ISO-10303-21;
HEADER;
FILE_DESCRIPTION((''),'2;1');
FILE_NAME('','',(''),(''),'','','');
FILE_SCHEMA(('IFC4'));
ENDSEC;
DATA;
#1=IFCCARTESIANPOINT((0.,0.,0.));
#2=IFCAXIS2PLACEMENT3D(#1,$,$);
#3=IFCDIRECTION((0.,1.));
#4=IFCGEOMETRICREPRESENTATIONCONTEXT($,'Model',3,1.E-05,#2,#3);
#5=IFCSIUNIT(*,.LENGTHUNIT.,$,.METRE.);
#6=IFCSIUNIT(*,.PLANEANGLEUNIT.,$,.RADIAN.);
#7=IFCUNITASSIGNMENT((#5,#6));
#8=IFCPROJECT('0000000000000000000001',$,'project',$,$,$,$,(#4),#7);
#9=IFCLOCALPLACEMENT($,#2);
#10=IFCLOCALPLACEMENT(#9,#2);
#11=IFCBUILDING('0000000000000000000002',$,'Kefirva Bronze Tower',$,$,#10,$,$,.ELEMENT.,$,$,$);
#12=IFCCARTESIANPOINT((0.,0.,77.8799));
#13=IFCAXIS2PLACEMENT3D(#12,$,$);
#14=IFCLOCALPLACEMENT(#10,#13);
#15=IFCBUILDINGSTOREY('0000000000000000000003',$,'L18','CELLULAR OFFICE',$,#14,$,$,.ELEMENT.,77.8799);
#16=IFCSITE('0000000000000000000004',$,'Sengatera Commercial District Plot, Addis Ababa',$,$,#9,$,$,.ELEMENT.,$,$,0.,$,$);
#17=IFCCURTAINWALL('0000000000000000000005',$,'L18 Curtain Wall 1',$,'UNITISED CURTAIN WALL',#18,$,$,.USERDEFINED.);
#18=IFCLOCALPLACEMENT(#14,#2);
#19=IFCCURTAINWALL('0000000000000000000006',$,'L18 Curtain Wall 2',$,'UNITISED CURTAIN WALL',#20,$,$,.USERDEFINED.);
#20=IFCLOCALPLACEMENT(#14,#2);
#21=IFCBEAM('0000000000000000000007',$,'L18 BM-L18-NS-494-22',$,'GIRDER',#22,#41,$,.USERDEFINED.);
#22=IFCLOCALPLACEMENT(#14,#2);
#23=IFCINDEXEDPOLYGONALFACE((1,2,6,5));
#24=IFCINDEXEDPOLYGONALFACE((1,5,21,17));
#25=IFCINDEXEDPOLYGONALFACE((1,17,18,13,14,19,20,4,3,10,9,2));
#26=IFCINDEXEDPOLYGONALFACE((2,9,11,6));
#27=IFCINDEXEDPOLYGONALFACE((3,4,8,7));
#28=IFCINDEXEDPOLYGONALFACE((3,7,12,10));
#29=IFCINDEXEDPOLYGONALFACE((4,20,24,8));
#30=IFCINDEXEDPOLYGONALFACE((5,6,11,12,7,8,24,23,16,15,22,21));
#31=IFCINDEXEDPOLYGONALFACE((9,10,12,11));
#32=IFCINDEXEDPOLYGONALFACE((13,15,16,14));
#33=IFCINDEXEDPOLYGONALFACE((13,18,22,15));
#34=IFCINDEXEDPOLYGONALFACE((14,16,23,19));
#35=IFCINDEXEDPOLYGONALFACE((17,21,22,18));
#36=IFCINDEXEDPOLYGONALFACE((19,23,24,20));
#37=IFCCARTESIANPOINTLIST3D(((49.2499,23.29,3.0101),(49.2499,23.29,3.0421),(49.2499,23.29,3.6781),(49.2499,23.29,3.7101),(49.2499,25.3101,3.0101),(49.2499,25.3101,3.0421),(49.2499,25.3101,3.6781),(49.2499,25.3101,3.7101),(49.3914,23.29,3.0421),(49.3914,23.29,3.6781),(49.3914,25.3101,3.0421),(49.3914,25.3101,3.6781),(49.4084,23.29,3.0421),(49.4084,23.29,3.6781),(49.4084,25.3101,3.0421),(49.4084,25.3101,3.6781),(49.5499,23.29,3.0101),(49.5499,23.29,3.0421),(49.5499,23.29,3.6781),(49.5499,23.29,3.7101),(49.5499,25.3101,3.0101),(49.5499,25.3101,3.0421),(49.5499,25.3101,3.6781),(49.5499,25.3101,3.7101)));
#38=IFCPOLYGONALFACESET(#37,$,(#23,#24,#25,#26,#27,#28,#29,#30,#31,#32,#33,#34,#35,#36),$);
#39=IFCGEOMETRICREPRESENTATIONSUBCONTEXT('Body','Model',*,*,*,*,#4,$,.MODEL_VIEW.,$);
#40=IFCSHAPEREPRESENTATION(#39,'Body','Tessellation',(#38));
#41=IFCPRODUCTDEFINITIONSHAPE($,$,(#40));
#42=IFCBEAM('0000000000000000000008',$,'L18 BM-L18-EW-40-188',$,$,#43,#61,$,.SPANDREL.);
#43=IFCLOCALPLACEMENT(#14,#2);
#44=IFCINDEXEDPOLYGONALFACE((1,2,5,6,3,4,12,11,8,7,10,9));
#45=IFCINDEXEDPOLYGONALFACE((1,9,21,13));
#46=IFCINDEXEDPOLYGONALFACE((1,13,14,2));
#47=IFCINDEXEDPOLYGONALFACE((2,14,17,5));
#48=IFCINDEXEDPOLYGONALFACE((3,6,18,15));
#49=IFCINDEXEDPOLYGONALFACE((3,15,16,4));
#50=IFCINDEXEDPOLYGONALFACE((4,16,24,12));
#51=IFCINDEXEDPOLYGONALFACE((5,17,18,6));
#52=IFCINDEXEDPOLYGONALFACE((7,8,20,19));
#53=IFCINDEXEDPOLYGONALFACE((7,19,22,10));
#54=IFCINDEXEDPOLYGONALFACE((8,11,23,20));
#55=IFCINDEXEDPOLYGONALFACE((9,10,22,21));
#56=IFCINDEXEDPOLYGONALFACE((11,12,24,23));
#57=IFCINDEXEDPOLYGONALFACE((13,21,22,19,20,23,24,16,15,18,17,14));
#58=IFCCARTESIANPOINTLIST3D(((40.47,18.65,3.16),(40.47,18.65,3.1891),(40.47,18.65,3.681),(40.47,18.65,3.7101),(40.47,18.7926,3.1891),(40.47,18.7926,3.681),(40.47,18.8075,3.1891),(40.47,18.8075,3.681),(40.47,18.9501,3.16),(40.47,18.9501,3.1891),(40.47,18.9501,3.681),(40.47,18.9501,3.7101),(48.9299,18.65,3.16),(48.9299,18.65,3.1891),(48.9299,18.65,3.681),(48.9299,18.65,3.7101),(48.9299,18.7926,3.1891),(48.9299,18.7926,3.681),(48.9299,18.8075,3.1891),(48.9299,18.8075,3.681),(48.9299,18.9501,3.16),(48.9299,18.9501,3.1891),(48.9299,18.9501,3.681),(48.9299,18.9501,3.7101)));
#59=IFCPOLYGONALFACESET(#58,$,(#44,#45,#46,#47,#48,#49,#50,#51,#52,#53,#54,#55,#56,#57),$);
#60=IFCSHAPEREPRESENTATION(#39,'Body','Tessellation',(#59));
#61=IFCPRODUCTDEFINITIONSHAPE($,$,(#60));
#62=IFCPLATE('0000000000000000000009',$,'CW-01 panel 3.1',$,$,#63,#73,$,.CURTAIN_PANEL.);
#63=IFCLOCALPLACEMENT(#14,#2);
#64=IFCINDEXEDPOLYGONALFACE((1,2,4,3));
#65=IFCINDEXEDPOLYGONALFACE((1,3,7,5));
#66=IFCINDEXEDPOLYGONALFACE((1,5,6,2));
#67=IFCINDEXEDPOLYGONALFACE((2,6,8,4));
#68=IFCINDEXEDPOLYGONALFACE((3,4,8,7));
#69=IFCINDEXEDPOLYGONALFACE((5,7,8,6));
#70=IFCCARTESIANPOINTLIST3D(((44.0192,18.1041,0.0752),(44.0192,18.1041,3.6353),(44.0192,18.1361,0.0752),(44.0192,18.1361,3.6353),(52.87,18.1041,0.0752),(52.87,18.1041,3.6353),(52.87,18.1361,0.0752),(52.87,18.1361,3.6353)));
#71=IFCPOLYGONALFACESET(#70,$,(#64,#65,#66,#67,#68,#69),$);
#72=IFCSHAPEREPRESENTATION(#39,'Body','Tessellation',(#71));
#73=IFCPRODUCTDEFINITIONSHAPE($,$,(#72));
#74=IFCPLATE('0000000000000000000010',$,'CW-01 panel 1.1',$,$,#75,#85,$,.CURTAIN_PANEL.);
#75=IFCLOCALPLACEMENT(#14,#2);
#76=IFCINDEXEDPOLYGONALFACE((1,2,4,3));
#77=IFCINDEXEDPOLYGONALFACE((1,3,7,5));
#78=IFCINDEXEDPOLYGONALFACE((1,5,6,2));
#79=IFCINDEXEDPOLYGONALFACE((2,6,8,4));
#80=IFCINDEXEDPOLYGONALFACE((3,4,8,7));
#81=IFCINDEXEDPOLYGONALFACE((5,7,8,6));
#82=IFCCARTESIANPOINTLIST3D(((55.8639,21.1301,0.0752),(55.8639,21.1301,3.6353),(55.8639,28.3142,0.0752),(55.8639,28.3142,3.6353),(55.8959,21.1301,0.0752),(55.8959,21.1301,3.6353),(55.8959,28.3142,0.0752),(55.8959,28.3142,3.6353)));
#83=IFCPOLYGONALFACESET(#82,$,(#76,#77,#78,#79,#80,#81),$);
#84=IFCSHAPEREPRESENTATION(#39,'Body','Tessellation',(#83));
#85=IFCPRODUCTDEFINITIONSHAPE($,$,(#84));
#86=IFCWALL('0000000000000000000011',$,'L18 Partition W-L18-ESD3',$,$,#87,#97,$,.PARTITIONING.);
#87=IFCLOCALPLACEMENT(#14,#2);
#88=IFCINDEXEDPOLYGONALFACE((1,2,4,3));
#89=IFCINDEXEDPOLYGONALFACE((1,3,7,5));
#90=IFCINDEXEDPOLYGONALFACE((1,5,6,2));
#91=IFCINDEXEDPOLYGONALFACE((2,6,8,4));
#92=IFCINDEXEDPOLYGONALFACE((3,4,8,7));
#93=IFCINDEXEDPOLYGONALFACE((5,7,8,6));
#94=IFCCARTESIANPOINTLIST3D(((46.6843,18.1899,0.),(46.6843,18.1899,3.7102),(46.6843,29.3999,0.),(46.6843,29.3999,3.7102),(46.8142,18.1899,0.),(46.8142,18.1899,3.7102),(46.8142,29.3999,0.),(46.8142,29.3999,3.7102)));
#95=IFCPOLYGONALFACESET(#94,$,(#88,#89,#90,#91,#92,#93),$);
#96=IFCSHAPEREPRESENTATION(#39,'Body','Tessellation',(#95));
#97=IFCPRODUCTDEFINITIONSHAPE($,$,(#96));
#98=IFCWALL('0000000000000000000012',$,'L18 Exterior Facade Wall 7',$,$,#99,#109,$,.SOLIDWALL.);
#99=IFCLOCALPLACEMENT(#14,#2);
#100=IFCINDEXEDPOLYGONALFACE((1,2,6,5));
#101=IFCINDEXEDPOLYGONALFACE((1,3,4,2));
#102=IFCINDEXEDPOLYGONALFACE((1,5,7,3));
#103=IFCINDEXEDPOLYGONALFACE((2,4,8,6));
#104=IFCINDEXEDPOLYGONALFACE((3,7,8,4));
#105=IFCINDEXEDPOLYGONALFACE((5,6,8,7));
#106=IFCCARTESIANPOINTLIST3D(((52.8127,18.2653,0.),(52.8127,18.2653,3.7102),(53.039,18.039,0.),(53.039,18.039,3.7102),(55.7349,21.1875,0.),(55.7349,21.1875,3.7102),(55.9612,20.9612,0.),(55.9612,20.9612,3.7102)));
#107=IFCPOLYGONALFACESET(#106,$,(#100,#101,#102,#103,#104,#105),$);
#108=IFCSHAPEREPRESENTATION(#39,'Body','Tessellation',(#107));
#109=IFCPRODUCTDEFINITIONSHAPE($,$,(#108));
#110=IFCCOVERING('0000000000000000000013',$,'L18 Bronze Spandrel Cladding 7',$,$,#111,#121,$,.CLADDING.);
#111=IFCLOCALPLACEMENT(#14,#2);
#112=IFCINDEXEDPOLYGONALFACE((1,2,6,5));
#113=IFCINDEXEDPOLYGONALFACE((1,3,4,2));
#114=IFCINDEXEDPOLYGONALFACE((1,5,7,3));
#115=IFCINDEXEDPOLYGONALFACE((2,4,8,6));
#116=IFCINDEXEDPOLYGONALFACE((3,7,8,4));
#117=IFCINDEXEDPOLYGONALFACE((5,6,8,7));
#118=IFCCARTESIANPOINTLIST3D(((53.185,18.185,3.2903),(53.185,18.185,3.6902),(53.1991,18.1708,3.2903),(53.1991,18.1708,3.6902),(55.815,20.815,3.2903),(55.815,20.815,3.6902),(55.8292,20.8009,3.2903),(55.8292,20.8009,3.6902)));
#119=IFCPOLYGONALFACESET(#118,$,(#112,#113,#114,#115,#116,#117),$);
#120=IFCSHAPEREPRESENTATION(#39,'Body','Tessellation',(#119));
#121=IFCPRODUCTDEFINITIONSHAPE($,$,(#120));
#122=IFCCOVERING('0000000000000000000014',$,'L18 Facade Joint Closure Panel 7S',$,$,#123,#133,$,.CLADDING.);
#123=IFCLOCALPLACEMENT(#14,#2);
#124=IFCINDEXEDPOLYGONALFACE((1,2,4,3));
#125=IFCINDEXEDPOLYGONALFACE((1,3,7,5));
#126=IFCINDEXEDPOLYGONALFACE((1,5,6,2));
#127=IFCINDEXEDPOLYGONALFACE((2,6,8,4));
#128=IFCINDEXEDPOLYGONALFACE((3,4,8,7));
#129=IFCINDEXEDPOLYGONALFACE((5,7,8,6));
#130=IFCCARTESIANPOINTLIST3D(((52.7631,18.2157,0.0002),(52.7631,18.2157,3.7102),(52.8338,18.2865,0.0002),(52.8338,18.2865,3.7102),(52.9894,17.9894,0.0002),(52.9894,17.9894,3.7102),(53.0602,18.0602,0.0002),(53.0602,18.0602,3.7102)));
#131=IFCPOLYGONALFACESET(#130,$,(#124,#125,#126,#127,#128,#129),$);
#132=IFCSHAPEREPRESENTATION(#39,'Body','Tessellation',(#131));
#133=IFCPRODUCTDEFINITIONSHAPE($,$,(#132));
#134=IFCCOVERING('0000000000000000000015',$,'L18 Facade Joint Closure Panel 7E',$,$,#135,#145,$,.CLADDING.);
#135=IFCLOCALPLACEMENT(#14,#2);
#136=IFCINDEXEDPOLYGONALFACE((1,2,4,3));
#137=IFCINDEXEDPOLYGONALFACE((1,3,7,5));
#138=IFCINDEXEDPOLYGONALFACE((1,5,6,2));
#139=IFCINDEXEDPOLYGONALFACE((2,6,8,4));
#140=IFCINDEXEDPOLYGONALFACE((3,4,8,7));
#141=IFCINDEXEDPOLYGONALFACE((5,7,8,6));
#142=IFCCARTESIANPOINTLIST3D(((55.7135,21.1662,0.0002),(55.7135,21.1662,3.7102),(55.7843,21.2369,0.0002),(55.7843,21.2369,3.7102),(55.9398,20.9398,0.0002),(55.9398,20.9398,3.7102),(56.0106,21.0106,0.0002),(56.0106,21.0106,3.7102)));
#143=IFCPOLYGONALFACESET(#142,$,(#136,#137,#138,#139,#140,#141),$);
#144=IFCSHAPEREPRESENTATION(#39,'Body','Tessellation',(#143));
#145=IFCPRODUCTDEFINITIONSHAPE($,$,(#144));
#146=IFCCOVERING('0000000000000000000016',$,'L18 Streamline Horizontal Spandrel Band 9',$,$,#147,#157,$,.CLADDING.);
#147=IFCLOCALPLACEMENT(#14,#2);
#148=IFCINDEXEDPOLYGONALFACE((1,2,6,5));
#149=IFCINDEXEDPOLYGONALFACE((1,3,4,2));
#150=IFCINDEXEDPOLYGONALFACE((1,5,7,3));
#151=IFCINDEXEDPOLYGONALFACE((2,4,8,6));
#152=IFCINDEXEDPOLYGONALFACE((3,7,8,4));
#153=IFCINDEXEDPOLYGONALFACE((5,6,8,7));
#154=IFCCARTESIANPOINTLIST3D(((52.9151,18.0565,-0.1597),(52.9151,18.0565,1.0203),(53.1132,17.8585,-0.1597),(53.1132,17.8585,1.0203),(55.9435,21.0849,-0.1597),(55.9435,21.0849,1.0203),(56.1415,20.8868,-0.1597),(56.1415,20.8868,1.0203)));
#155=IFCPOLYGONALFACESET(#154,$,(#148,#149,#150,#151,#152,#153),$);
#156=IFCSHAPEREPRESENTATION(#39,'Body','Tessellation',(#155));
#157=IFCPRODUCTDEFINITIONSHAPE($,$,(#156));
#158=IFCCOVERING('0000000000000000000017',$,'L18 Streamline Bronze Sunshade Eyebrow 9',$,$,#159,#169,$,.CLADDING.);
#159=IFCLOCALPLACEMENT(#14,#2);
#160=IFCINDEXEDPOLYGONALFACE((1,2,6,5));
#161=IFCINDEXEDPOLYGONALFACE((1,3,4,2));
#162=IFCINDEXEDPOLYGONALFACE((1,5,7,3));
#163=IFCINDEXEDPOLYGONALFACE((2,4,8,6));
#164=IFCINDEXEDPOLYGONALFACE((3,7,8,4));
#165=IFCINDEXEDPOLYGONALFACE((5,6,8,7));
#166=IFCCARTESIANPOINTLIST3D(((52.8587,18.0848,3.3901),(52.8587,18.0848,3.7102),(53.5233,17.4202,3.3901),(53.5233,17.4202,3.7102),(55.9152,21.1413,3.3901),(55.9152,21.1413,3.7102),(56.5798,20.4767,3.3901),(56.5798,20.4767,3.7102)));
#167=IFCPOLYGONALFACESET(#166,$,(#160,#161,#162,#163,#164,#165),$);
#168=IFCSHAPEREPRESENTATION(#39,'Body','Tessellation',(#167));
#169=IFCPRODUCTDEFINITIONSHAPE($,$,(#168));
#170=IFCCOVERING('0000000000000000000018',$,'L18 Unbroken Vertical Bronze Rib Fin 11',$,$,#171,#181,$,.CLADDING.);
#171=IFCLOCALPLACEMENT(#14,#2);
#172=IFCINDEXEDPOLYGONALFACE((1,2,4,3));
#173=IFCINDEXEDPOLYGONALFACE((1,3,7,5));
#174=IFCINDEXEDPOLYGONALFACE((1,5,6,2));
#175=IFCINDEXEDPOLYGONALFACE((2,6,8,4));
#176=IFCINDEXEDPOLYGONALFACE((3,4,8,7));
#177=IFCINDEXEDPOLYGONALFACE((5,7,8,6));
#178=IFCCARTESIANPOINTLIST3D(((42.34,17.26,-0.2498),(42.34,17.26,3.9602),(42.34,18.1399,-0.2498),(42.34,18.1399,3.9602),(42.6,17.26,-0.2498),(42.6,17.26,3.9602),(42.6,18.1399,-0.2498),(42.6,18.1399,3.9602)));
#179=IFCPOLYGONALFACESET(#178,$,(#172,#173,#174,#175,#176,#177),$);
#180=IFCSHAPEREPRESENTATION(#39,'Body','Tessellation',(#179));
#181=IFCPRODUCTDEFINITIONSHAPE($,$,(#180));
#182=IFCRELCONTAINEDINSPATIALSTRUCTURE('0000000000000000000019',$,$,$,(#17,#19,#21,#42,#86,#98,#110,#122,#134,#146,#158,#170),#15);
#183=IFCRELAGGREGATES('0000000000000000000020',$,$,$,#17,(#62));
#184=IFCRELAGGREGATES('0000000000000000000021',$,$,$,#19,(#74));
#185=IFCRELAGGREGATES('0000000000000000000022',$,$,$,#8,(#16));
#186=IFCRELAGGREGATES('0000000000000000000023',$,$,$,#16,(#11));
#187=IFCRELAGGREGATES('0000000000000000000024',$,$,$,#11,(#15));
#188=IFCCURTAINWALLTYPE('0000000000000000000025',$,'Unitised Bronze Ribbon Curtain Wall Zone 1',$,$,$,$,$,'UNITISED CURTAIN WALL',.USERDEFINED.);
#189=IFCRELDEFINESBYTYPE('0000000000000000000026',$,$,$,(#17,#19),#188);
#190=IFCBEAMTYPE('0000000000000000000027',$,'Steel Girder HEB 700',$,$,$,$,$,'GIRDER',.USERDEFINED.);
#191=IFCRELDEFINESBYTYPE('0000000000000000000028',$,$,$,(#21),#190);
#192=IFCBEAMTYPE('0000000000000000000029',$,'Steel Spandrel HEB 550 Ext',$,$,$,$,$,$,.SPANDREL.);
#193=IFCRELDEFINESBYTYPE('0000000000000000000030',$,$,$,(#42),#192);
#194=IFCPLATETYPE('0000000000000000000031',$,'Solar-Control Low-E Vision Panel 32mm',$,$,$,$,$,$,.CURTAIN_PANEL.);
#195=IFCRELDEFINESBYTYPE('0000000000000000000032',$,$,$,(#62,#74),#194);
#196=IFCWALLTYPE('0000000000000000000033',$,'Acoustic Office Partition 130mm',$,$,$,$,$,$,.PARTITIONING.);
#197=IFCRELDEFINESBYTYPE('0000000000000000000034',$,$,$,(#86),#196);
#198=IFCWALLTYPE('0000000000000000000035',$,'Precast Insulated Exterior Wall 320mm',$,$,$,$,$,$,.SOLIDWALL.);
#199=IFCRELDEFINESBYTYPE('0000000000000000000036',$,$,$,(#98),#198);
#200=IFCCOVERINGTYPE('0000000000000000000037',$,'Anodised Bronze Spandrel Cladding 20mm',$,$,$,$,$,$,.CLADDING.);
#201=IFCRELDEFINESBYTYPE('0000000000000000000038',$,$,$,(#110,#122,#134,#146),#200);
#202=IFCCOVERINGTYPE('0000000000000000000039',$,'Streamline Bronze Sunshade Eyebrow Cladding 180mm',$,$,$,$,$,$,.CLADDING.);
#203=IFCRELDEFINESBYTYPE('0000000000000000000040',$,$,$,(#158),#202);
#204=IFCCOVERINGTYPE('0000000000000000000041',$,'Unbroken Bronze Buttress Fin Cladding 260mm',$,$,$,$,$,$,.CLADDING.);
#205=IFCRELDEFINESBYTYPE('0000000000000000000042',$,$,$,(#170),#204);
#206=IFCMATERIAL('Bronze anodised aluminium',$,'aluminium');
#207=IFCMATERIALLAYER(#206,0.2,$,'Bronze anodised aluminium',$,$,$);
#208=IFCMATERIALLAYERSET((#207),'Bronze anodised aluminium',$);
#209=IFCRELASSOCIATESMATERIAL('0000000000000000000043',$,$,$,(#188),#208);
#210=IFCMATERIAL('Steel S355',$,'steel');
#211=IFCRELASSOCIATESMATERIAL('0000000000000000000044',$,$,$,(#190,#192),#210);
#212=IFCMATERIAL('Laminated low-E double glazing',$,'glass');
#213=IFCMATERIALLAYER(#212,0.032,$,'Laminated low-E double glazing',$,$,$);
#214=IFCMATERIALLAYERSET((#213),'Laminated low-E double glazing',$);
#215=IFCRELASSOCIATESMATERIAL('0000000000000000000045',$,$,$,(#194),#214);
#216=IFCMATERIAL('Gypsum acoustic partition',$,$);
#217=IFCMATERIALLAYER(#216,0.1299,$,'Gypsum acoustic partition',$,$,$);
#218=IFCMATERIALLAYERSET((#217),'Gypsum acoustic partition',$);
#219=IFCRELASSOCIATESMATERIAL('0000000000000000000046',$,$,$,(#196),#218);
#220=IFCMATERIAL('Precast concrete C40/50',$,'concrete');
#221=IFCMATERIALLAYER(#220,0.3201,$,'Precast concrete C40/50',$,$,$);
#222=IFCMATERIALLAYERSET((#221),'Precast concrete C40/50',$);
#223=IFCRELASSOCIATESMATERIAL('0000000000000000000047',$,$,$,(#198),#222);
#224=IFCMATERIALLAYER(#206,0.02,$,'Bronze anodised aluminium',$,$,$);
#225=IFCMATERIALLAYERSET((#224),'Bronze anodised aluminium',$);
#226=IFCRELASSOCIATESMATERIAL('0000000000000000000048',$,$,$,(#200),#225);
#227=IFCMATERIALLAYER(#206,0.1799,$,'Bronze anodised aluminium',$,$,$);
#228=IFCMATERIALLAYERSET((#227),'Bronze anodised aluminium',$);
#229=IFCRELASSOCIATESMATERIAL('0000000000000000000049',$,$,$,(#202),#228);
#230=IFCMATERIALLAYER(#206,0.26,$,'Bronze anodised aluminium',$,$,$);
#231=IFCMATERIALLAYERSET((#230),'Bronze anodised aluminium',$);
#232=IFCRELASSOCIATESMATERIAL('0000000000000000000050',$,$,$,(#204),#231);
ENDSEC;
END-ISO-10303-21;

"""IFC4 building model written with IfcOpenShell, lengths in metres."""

from ifc_helpers import new_model, si_unit, direction, frame, frame_2d, origin, origin_2d, place, context, subcontext, project, spatial, rectangle, i_section, extrude, material, layer, layer_set, material_profile, profile_set, type_object, element, aggregate, save


model = new_model("IFC4")

# Units and contexts
model_context = context("Model", 3, precision=1e-05, world=origin(), true_north=direction((0.0, 1.0)))
body_context = subcontext(model_context, "Body", "Model", "MODEL_VIEW")
ifc_project = project(units=[si_unit("LENGTHUNIT", "METRE"), si_unit("PLANEANGLEUNIT", "RADIAN")], contexts=[model_context])

# Site, building, storey
site_placement = place(None, origin())
site = spatial("IfcSite", under=ifc_project, at=site_placement, Name="Sengatera Commercial District Plot, Addis Ababa", CompositionType="ELEMENT", RefElevation=0.0)
building_placement = place(site_placement, origin())
building = spatial("IfcBuilding", under=site, at=building_placement, Name="Kefirva Bronze Tower", CompositionType="ELEMENT")
storey_placement = place(building_placement, frame((0.0, 0.0, 77.8799)))
storey = spatial("IfcBuildingStorey", under=building, at=storey_placement, Name="L18", Description="CELLULAR OFFICE", CompositionType="ELEMENT", Elevation=77.8799)

# Curtain wall
ifc_material_1 = material(Name="Bronze anodised aluminium", Category="aluminium")
ifc_layer_1 = layer(ifc_material_1, 0.2, Name="Bronze anodised aluminium")
ifc_layer_set_1 = layer_set([ifc_layer_1], Name="Bronze anodised aluminium")
curtain_wall_type = type_object("IfcCurtainWallType", Name="Unitised Bronze Ribbon Curtain Wall Zone 1", ElementType="UNITISED CURTAIN WALL", PredefinedType="USERDEFINED", material=ifc_layer_set_1)
curtain_wall_1_placement = place(storey_placement, origin())
curtain_wall_1 = element("IfcCurtainWall", 1, at=curtain_wall_1_placement, inside=storey, type_object=curtain_wall_type, Name="L18 Curtain Wall 1", ObjectType="UNITISED CURTAIN WALL", PredefinedType="USERDEFINED")

# Curtain wall
curtain_wall_2_placement = place(storey_placement, origin())
curtain_wall_2 = element("IfcCurtainWall", 2, at=curtain_wall_2_placement, inside=storey, type_object=curtain_wall_type, Name="L18 Curtain Wall 2", ObjectType="UNITISED CURTAIN WALL", PredefinedType="USERDEFINED")

# Beams
ifc_material_2 = material(Name="Steel S355", Category="steel")
ifc_material_profile_1 = material_profile(ifc_material_2, i_section(OverallWidth=0.3, OverallDepth=0.7, WebThickness=0.0171, FlangeThickness=0.032, at=origin_2d()), Name="HEB 700")
ifc_profile_set_1 = profile_set([ifc_material_profile_1], Name="Steel S355")
beam_type_1 = type_object("IfcBeamType", Name="Steel Girder HEB 700", ElementType="GIRDER", PredefinedType="USERDEFINED", material=ifc_profile_set_1)
beam_1_placement = place(storey_placement, frame((49.3999, 23.29, 3.3601), z_axis=(0.0, 1.0, 0.0), x_axis=(-1.0, 0.0, 0.0)))
element("IfcBeam", 3, at=beam_1_placement, inside=storey, type_object=beam_type_1, Name="L18 BM-L18-NS-494-22", ObjectType="GIRDER", PredefinedType="USERDEFINED", context=body_context, shape_type="SweptSolid", body=[
    extrude(i_section(OverallWidth=0.3, OverallDepth=0.7, WebThickness=0.0171, FlangeThickness=0.032, at=origin_2d()), origin(), (0.0, 0.0, 1.0), 2.02),
])
ifc_material_profile_2 = material_profile(ifc_material_2, i_section(OverallWidth=0.3, OverallDepth=0.55, WebThickness=0.0149, FlangeThickness=0.0291, at=origin_2d()), Name="HEB 550")
ifc_profile_set_2 = profile_set([ifc_material_profile_2], Name="Steel S355")
beam_type_2 = type_object("IfcBeamType", Name="Steel Spandrel HEB 550 Ext", PredefinedType="SPANDREL", material=ifc_profile_set_2)
beam_2_placement = place(storey_placement, frame((40.47, 18.8, 3.4351), z_axis=(1.0, 0.0, 0.0), x_axis=(0.0, 1.0, 0.0)))
element("IfcBeam", 4, at=beam_2_placement, inside=storey, type_object=beam_type_2, Name="L18 BM-L18-EW-40-188", PredefinedType="SPANDREL", context=body_context, shape_type="SweptSolid", body=[
    extrude(i_section(OverallWidth=0.3, OverallDepth=0.55, WebThickness=0.0149, FlangeThickness=0.0291, at=origin_2d()), origin(), (0.0, 0.0, 1.0), 8.46),
])

# Plates
ifc_material_3 = material(Name="Laminated low-E double glazing", Category="glass")
ifc_layer_2 = layer(ifc_material_3, 0.032, Name="Laminated low-E double glazing")
ifc_layer_set_2 = layer_set([ifc_layer_2], Name="Laminated low-E double glazing")
plate_type = type_object("IfcPlateType", Name="Solar-Control Low-E Vision Panel 32mm", PredefinedType="CURTAIN_PANEL", material=ifc_layer_set_2)
plate_1_placement = place(storey_placement, frame((48.4446, 18.1201, 0.0752), z_axis=(0.0, 0.0, 1.0), x_axis=(1.0, 0.0, 0.0)))
plate_1 = element("IfcPlate", 5, at=plate_1_placement, type_object=plate_type, Name="CW-01 panel 3.1", PredefinedType="CURTAIN_PANEL", context=body_context, shape_type="SweptSolid", body=[
    extrude(rectangle(XDim=8.8508, YDim=0.032, at=origin_2d()), origin(), (0.0, 0.0, 1.0), 3.5601),
])
aggregate(curtain_wall_1, [plate_1])
plate_2_placement = place(storey_placement, frame((55.8799, 24.7222, 0.0752), z_axis=(0.0, 0.0, 1.0), x_axis=(0.0, 1.0, 0.0)))
plate_2 = element("IfcPlate", 6, at=plate_2_placement, type_object=plate_type, Name="CW-01 panel 1.1", PredefinedType="CURTAIN_PANEL", context=body_context, shape_type="SweptSolid", body=[
    extrude(rectangle(XDim=7.1841, YDim=0.032, at=origin_2d()), origin(), (0.0, 0.0, 1.0), 3.5601),
])
aggregate(curtain_wall_2, [plate_2])

# Walls
ifc_material_4 = material(Name="Gypsum acoustic partition")
ifc_layer_3 = layer(ifc_material_4, 0.1299, Name="Gypsum acoustic partition")
ifc_layer_set_3 = layer_set([ifc_layer_3], Name="Gypsum acoustic partition")
wall_type_1 = type_object("IfcWallType", Name="Acoustic Office Partition 130mm", PredefinedType="PARTITIONING", material=ifc_layer_set_3)
wall_1_placement = place(storey_placement, frame((46.7493, 18.1899, 0.0), z_axis=(0.0, 0.0, 1.0), x_axis=(0.0, 1.0, 0.0)))
element("IfcWall", 7, at=wall_1_placement, inside=storey, type_object=wall_type_1, Name="L18 Partition W-L18-ESD3", PredefinedType="PARTITIONING", context=body_context, shape_type="SweptSolid", body=[
    extrude(rectangle(XDim=11.21, YDim=0.1299, at=frame_2d((5.605, 0.0))), origin(), (0.0, 0.0, 1.0), 3.7102),
])
ifc_material_5 = material(Name="Precast concrete C40/50", Category="concrete")
ifc_layer_4 = layer(ifc_material_5, 0.3201, Name="Precast concrete C40/50")
ifc_layer_set_4 = layer_set([ifc_layer_4], Name="Precast concrete C40/50")
wall_type_2 = type_object("IfcWallType", Name="Precast Insulated Exterior Wall 320mm", PredefinedType="SOLIDWALL", material=ifc_layer_set_4)
wall_2_placement = place(storey_placement, frame((52.9258, 18.1521, 0.0), z_axis=(0.0, 0.0, 1.0), x_axis=(0.707107, 0.707107, 0.0)))
element("IfcWall", 8, at=wall_2_placement, inside=storey, type_object=wall_type_2, Name="L18 Exterior Facade Wall 7", PredefinedType="SOLIDWALL", context=body_context, shape_type="SweptSolid", body=[
    extrude(rectangle(XDim=4.1326, YDim=0.3201, at=frame_2d((2.0664, 0.0))), origin(), (0.0, 0.0, 1.0), 3.7102),
])

# Coverings
ifc_layer_5 = layer(ifc_material_1, 0.02, Name="Bronze anodised aluminium")
ifc_layer_set_5 = layer_set([ifc_layer_5], Name="Bronze anodised aluminium")
covering_type_1 = type_object("IfcCoveringType", Name="Anodised Bronze Spandrel Cladding 20mm", PredefinedType="CLADDING", material=ifc_layer_set_5)
covering_1_placement = place(storey_placement, frame((54.5071, 19.4929, 3.2903), z_axis=(0.0, 0.0, 1.0), x_axis=(0.707107, 0.707107, 0.0)))
element("IfcCovering", 9, at=covering_1_placement, inside=storey, type_object=covering_type_1, Name="L18 Bronze Spandrel Cladding 7", PredefinedType="CLADDING", context=body_context, shape_type="SweptSolid", body=[
    extrude(rectangle(XDim=3.7195, YDim=0.02, at=origin_2d()), origin(), (0.0, 0.0, 1.0), 0.3999),
])
for number, where, z_axis, x_axis, name in (
    (10, (52.9116, 18.1379, 0.0002), (0.0, 0.0, 1.0), (0.707107, 0.707107, 0.0), "L18 Facade Joint Closure Panel 7S"),
    (11, (55.8621, 21.0884, 0.0002), (0.0, 0.0, 1.0), (0.707107, 0.707107, 0.0), "L18 Facade Joint Closure Panel 7E"),
):
    element("IfcCovering", number, at=place(storey_placement, frame(where, z_axis=z_axis, x_axis=x_axis)), inside=storey, type_object=covering_type_1, Name=name, PredefinedType="CLADDING", context=body_context, shape_type="SweptSolid", body=[
        extrude(rectangle(XDim=0.1001, YDim=0.3201, at=origin_2d()), origin(), (0.0, 0.0, 1.0), 3.71),
    ])
covering_2_placement = place(storey_placement, frame((54.5283, 19.4717, -0.1597), z_axis=(0.0, 0.0, 1.0), x_axis=(0.707107, 0.707107, 0.0)))
element("IfcCovering", 12, at=covering_2_placement, inside=storey, type_object=covering_type_1, Name="L18 Streamline Horizontal Spandrel Band 9", PredefinedType="CLADDING", context=body_context, shape_type="SweptSolid", body=[
    extrude(rectangle(XDim=4.2827, YDim=0.28, at=origin_2d()), origin(), (0.0, 0.0, 1.0), 1.1799),
])
ifc_layer_6 = layer(ifc_material_1, 0.1799, Name="Bronze anodised aluminium")
ifc_layer_set_6 = layer_set([ifc_layer_6], Name="Bronze anodised aluminium")
covering_type_2 = type_object("IfcCoveringType", Name="Streamline Bronze Sunshade Eyebrow Cladding 180mm", PredefinedType="CLADDING", material=ifc_layer_set_6)
covering_3_placement = place(storey_placement, frame((54.7192, 19.2808, 3.3901), z_axis=(0.0, 0.0, 1.0), x_axis=(0.707107, 0.707107, 0.0)))
element("IfcCovering", 13, at=covering_3_placement, inside=storey, type_object=covering_type_2, Name="L18 Streamline Bronze Sunshade Eyebrow 9", PredefinedType="CLADDING", context=body_context, shape_type="SweptSolid", body=[
    extrude(rectangle(XDim=4.3225, YDim=0.9399, at=origin_2d()), origin(), (0.0, 0.0, 1.0), 0.3201),
])
ifc_layer_7 = layer(ifc_material_1, 0.26, Name="Bronze anodised aluminium")
ifc_layer_set_7 = layer_set([ifc_layer_7], Name="Bronze anodised aluminium")
covering_type_3 = type_object("IfcCoveringType", Name="Unbroken Bronze Buttress Fin Cladding 260mm", PredefinedType="CLADDING", material=ifc_layer_set_7)
for number, where, z_axis, x_axis, name in (
    (14, (42.47, 17.7, -0.2498), (0.0, 0.0, 1.0), (1.0, 0.0, 0.0), "L18 Unbroken Vertical Bronze Rib Fin 11"),
):
    element("IfcCovering", number, at=place(storey_placement, frame(where, z_axis=z_axis, x_axis=x_axis)), inside=storey, type_object=covering_type_3, Name=name, PredefinedType="CLADDING", context=body_context, shape_type="SweptSolid", body=[
        extrude(rectangle(XDim=0.26, YDim=0.8799, at=origin_2d()), origin(), (0.0, 0.0, 1.0), 4.21),
    ])

save(model, "model.ifc")
